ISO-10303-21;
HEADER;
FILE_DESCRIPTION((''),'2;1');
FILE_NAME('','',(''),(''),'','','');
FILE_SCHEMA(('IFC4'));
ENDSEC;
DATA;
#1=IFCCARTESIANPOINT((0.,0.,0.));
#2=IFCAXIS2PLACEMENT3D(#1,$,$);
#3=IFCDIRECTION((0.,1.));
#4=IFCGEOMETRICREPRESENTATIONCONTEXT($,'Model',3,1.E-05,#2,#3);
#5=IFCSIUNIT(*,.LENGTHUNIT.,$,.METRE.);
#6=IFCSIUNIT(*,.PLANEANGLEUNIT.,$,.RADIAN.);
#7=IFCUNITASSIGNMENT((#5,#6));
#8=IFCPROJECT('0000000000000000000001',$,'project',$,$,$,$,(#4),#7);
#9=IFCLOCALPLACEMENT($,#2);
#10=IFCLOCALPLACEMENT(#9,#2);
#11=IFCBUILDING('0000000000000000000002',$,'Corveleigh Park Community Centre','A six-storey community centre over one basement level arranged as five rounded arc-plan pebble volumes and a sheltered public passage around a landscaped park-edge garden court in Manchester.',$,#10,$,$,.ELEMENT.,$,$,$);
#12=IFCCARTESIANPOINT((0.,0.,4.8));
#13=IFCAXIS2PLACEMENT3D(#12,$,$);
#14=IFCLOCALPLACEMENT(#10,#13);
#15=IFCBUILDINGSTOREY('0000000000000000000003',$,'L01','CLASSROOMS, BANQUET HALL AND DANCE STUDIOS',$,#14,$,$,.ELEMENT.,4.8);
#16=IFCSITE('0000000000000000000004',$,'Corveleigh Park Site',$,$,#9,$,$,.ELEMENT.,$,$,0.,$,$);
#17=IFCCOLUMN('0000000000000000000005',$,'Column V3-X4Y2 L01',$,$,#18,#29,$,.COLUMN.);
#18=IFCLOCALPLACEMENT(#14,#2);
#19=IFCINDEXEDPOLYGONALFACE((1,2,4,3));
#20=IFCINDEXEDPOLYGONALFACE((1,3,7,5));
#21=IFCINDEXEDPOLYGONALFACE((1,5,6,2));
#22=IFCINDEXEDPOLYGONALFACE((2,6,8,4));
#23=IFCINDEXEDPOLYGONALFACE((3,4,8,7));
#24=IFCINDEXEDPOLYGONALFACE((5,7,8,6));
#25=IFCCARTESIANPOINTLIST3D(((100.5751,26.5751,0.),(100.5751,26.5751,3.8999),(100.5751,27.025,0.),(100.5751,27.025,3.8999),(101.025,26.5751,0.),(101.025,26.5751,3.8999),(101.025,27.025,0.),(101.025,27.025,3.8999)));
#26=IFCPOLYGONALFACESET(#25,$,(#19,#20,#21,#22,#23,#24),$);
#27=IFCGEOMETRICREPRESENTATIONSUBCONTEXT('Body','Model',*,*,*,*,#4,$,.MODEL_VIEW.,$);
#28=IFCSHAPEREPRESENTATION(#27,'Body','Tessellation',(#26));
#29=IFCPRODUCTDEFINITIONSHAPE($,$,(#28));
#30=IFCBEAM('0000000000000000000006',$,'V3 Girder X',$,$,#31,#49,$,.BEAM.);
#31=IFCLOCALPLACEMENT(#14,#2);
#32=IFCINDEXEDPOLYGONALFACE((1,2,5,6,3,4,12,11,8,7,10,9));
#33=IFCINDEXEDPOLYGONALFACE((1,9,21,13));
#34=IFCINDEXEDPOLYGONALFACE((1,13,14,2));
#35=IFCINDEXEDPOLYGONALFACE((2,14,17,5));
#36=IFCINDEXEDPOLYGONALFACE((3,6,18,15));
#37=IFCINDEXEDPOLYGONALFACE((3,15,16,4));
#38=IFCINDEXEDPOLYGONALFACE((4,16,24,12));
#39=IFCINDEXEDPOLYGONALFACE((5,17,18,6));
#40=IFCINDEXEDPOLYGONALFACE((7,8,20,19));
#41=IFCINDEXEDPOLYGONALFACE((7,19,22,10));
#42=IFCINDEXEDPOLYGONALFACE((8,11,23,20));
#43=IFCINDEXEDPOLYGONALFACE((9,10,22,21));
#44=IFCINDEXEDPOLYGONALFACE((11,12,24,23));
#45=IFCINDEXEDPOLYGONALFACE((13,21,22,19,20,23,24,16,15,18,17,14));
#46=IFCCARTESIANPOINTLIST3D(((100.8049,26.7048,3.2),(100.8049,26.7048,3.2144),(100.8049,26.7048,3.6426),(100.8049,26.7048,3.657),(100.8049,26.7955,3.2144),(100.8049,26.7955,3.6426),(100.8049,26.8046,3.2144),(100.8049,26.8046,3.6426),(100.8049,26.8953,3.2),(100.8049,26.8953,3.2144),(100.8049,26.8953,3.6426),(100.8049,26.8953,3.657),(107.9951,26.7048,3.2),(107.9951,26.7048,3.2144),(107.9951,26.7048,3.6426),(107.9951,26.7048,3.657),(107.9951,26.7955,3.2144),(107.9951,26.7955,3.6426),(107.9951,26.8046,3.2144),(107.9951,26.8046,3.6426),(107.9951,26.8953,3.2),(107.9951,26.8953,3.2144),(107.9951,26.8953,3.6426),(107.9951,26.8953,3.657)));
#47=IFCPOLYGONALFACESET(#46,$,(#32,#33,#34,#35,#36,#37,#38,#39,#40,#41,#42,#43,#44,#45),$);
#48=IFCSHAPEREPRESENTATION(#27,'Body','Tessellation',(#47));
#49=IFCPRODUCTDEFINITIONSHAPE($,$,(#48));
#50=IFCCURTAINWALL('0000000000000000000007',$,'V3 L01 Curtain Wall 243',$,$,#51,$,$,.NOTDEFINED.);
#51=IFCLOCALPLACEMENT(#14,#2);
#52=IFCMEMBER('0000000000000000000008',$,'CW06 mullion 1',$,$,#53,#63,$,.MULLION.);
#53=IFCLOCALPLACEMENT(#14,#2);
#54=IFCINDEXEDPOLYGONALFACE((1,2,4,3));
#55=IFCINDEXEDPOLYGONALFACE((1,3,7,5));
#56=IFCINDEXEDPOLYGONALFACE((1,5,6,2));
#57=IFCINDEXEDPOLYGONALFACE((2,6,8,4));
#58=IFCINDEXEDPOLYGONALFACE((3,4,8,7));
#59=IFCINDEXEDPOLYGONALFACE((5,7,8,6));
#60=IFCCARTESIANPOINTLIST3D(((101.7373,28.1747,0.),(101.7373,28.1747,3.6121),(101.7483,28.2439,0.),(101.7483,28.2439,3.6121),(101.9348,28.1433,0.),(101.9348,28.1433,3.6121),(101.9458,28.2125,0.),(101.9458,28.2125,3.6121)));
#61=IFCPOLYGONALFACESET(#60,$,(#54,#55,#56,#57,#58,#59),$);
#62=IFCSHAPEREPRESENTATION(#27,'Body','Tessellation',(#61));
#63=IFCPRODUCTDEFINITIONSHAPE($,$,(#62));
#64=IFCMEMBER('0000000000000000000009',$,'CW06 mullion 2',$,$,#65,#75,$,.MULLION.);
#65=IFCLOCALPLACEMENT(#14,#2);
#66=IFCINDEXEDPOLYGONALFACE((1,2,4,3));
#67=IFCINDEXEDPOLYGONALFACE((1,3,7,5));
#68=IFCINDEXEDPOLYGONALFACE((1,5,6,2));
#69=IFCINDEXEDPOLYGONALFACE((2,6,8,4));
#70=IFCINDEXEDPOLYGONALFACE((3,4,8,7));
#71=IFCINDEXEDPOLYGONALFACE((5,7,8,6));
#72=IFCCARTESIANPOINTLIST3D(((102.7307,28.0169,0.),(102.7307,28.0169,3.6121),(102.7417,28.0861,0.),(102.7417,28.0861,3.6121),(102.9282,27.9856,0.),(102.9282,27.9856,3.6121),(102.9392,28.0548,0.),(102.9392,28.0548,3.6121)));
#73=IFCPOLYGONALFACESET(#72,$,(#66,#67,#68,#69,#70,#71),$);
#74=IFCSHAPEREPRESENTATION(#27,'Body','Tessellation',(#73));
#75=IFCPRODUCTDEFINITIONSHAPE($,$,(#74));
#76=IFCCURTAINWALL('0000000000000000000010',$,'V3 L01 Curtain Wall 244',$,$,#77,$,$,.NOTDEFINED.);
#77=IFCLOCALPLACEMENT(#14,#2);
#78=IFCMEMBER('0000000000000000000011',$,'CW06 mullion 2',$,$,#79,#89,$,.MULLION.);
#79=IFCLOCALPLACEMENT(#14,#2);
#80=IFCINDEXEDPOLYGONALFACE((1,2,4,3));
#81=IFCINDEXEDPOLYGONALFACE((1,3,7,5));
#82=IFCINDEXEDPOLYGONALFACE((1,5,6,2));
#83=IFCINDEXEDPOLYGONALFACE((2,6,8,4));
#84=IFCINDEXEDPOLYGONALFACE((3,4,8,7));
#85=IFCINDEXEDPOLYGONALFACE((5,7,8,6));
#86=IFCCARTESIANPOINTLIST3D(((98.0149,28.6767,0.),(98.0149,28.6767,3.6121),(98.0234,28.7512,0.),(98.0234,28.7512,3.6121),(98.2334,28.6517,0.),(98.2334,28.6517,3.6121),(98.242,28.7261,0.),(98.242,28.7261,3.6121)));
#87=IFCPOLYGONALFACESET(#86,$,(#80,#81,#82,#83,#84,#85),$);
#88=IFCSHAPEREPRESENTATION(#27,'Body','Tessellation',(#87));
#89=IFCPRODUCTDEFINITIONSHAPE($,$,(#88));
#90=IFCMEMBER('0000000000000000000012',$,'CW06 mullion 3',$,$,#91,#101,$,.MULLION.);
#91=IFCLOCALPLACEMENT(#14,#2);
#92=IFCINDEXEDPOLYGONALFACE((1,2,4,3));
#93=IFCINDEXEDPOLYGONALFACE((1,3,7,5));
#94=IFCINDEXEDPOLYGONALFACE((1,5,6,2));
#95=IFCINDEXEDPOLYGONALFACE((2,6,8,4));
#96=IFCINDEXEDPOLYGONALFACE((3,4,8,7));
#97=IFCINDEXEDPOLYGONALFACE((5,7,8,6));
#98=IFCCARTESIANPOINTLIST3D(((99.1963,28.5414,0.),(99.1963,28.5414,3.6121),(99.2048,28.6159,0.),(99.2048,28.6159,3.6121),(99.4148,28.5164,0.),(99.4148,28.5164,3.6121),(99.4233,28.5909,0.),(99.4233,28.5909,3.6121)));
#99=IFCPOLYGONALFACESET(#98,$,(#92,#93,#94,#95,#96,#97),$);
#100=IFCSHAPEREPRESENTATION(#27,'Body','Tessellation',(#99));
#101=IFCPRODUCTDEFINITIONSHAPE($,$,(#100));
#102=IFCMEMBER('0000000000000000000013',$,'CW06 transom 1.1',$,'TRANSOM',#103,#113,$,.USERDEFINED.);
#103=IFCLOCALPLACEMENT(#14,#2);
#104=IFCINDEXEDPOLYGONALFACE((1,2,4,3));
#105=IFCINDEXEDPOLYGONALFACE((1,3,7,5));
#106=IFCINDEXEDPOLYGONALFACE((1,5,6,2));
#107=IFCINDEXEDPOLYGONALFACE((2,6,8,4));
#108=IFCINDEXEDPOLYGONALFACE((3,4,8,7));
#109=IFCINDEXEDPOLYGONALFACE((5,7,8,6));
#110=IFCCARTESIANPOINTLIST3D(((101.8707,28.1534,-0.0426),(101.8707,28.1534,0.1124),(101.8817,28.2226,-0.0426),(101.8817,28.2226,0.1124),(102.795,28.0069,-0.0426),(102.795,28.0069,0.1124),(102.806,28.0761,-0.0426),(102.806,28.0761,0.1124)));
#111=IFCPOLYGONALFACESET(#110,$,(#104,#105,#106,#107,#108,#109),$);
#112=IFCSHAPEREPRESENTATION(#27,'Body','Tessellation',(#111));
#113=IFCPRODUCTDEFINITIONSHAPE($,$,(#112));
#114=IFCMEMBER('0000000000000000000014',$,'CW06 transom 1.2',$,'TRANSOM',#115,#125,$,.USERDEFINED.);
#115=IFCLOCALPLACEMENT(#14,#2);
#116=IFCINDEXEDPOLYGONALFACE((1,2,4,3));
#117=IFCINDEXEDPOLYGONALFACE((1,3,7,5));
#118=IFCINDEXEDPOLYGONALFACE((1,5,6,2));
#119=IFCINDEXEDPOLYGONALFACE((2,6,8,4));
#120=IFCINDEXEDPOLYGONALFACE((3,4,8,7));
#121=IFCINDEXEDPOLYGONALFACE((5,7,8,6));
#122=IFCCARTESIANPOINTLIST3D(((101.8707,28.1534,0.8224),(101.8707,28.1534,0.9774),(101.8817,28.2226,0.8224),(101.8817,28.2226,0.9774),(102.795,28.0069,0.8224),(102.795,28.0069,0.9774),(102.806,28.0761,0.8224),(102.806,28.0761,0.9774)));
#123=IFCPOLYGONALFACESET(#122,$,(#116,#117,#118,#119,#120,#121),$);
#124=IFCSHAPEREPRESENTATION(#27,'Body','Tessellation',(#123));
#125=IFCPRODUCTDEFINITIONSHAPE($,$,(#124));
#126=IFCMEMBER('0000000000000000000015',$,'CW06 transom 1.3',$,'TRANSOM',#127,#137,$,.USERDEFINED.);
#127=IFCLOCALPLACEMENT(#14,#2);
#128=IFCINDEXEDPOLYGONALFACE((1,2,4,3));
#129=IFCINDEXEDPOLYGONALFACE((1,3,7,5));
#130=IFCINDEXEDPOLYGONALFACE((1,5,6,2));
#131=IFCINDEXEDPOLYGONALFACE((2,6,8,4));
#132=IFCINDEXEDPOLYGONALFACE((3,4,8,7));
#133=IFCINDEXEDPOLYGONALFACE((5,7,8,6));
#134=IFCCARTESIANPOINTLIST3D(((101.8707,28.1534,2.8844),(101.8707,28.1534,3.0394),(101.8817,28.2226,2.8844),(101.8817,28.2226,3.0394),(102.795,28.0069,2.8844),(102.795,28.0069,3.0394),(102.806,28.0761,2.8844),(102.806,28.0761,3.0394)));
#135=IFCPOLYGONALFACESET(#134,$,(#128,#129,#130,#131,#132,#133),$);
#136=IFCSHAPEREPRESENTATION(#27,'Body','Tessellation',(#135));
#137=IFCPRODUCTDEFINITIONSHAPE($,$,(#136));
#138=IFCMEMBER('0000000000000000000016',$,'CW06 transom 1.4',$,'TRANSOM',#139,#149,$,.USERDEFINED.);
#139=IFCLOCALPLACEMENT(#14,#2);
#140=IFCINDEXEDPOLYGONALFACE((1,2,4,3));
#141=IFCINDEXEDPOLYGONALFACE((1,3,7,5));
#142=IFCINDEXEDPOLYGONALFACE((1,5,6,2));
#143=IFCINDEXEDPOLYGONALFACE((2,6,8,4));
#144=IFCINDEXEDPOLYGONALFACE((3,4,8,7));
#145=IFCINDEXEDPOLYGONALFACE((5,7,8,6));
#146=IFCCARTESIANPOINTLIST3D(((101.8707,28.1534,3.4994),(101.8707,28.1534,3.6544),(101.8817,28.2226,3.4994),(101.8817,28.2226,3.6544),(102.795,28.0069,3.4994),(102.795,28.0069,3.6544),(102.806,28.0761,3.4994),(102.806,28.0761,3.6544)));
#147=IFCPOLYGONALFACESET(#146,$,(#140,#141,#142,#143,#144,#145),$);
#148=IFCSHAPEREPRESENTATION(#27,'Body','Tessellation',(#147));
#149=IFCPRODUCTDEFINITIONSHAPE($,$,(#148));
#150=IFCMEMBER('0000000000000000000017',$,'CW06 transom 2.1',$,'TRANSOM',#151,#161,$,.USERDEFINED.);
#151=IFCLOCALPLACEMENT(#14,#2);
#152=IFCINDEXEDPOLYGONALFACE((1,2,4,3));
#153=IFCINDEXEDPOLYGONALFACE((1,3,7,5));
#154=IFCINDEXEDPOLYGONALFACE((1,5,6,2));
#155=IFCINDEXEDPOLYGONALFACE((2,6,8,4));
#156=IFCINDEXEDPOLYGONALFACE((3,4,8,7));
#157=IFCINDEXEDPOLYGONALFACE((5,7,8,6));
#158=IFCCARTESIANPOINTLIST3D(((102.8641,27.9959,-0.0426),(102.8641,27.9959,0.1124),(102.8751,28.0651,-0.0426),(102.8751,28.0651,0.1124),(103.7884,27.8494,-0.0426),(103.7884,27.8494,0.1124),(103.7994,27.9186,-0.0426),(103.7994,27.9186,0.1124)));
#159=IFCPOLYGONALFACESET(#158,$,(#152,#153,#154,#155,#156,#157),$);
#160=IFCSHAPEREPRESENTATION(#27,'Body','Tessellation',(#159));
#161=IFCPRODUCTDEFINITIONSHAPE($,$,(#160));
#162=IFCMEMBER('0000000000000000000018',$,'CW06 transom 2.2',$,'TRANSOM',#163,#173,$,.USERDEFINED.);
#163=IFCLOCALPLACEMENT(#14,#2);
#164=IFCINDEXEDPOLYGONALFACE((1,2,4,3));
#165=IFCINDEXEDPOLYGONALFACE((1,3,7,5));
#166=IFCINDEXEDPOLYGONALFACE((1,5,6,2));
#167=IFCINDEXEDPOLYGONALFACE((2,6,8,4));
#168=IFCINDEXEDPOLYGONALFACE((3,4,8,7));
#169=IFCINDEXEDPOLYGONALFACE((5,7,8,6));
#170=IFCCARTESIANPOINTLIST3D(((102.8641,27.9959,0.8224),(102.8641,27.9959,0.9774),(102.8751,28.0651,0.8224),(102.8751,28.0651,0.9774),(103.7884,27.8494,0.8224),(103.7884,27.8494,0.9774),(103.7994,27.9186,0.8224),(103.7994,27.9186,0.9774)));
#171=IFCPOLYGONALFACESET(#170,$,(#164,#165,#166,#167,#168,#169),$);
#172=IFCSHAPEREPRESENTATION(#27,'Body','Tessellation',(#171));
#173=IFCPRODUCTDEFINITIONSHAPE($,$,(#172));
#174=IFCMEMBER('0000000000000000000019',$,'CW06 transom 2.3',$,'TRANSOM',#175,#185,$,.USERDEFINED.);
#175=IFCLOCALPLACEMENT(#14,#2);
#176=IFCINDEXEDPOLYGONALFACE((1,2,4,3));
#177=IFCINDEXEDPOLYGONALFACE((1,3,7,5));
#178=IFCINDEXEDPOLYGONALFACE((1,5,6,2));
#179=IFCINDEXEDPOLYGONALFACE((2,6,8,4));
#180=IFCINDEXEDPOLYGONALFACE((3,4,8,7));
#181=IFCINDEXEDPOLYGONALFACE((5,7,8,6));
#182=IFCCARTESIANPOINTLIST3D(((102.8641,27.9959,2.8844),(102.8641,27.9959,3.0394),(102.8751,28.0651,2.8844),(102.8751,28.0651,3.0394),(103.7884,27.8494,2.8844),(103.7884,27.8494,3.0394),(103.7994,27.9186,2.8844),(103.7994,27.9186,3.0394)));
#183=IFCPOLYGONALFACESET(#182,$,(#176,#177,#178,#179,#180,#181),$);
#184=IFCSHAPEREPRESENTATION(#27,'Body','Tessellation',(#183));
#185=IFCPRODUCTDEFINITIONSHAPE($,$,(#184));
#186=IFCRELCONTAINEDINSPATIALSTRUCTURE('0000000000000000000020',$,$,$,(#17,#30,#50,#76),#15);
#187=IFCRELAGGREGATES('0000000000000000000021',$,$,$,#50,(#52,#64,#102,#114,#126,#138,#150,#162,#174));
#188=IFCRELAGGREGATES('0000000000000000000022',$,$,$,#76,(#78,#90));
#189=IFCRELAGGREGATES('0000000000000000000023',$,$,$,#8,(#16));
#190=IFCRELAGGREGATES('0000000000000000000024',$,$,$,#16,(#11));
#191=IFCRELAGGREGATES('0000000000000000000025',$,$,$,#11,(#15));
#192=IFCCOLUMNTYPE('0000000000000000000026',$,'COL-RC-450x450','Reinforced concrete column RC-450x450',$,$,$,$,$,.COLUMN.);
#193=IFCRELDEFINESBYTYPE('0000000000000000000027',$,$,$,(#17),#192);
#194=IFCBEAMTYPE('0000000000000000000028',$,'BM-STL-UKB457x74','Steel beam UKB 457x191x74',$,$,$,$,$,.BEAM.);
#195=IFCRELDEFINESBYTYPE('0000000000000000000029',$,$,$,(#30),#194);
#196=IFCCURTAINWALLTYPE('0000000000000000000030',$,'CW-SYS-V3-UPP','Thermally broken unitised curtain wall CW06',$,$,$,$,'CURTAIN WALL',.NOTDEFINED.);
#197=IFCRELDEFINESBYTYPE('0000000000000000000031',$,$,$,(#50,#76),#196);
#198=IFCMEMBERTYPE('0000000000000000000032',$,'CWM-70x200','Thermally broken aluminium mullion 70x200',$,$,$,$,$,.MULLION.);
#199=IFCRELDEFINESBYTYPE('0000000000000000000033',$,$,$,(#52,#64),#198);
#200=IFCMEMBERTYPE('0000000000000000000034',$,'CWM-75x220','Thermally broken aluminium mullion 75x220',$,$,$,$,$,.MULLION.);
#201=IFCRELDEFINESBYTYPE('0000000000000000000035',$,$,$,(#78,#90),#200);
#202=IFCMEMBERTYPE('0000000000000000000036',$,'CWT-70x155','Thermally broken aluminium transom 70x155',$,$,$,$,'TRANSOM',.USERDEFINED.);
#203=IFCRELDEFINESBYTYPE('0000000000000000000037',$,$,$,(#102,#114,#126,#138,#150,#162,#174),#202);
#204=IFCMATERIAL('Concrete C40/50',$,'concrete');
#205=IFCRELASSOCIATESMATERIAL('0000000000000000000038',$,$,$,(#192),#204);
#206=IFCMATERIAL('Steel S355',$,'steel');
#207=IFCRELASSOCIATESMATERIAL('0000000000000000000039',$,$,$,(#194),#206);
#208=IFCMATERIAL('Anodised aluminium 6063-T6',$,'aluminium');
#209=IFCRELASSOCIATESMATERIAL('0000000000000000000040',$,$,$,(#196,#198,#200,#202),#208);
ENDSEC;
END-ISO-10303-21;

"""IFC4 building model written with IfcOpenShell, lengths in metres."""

from ifc_helpers import new_model, si_unit, direction, frame, origin, origin_2d, place, context, subcontext, project, spatial, rectangle, i_section, extrude, material, material_profile, profile_set, type_object, element, aggregate, save


model = new_model("IFC4")

# Units and contexts
model_context = context("Model", 3, precision=1e-05, world=origin(), true_north=direction((0.0, 1.0)))
body_context = subcontext(model_context, "Body", "Model", "MODEL_VIEW")
ifc_project = project(units=[si_unit("LENGTHUNIT", "METRE"), si_unit("PLANEANGLEUNIT", "RADIAN")], contexts=[model_context])

# Site, building, storey
site_placement = place(None, origin())
site = spatial("IfcSite", under=ifc_project, at=site_placement, Name="Corveleigh Park Site", CompositionType="ELEMENT", RefElevation=0.0)
building_placement = place(site_placement, origin())
building = spatial("IfcBuilding", under=site, at=building_placement, Name="Corveleigh Park Community Centre", Description="A six-storey community centre over one basement level arranged as five rounded arc-plan pebble volumes and a sheltered public passage around a landscaped park-edge garden court in Manchester.", CompositionType="ELEMENT")
storey_placement = place(building_placement, frame((0.0, 0.0, 4.8)))
storey = spatial("IfcBuildingStorey", under=building, at=storey_placement, Name="L01", Description="CLASSROOMS, BANQUET HALL AND DANCE STUDIOS", CompositionType="ELEMENT", Elevation=4.8)

# Column
ifc_material_1 = material(Name="Concrete C40/50", Category="concrete")
ifc_material_profile_1 = material_profile(ifc_material_1, rectangle(XDim=0.45, YDim=0.45, at=origin_2d()), Name="RC-450x450", Category="concrete")
ifc_profile_set_1 = profile_set([ifc_material_profile_1], Name="Concrete C40/50")
column_type = type_object("IfcColumnType", Name="COL-RC-450x450", Description="Reinforced concrete column RC-450x450", PredefinedType="COLUMN", material=ifc_profile_set_1)
column_placement = place(storey_placement, frame((100.8, 26.8, 0.0), z_axis=(0.0, 0.0, 1.0), x_axis=(1.0, 0.0, 0.0)))
element("IfcColumn", 1, at=column_placement, inside=storey, type_object=column_type, Name="Column V3-X4Y2 L01", PredefinedType="COLUMN", context=body_context, shape_type="SweptSolid", body=[
    extrude(rectangle(XDim=0.45, YDim=0.45, at=origin_2d()), origin(), (0.0, 0.0, 1.0), 3.8999),
])

# Beam
ifc_material_2 = material(Name="Steel S355", Category="steel")
ifc_material_profile_2 = material_profile(ifc_material_2, i_section(OverallWidth=0.1904, OverallDepth=0.457, WebThickness=0.009, FlangeThickness=0.0144, at=origin_2d()), Name="UKB 457x191x74", Category="steel")
ifc_profile_set_2 = profile_set([ifc_material_profile_2], Name="Steel S355")
beam_type = type_object("IfcBeamType", Name="BM-STL-UKB457x74", Description="Steel beam UKB 457x191x74", PredefinedType="BEAM", material=ifc_profile_set_2)
beam_placement = place(storey_placement, frame((100.8049, 26.8, 3.4285), z_axis=(1.0, 0.0, 0.0), x_axis=(0.0, 1.0, 0.0)))
element("IfcBeam", 2, at=beam_placement, inside=storey, type_object=beam_type, Name="V3 Girder X", PredefinedType="BEAM", context=body_context, shape_type="SweptSolid", body=[
    extrude(i_section(OverallWidth=0.1904, OverallDepth=0.457, WebThickness=0.009, FlangeThickness=0.0144, at=origin_2d()), origin(), (0.0, 0.0, 1.0), 7.1902),
])

# Curtain walls, members
ifc_material_3 = material(Name="Anodised aluminium 6063-T6", Category="aluminium")
curtain_wall_type = type_object("IfcCurtainWallType", Name="CW-SYS-V3-UPP", Description="Thermally broken unitised curtain wall CW06", ElementType="CURTAIN WALL", PredefinedType="NOTDEFINED", material=ifc_material_3)
curtain_wall_1_placement = place(storey_placement, origin())
curtain_wall_1 = element("IfcCurtainWall", 3, at=curtain_wall_1_placement, inside=storey, type_object=curtain_wall_type, Name="V3 L01 Curtain Wall 243", PredefinedType="NOTDEFINED")
ifc_material_profile_3 = material_profile(ifc_material_3, rectangle(XDim=0.0701, YDim=0.2, at=origin_2d()), Name="ALU-M70x200", Category="aluminium")
ifc_profile_set_3 = profile_set([ifc_material_profile_3], Name="Anodised aluminium 6063-T6")
member_type_1 = type_object("IfcMemberType", Name="CWM-70x200", Description="Thermally broken aluminium mullion 70x200", PredefinedType="MULLION", material=ifc_profile_set_3)
member_1_placement = place(storey_placement, frame((101.8416, 28.1936, 0.0), z_axis=(0.0, 0.0, 1.0), x_axis=(0.156604, 0.987661, 0.0)))
member_1 = element("IfcMember", 4, at=member_1_placement, type_object=member_type_1, Name="CW06 mullion 1", PredefinedType="MULLION", context=body_context, shape_type="SweptSolid", body=[
    extrude(rectangle(XDim=0.0701, YDim=0.2, at=origin_2d()), origin(), (0.0, 0.0, 1.0), 3.6121),
])
member_2_placement = place(storey_placement, frame((102.835, 28.0359, 0.0), z_axis=(0.0, 0.0, 1.0), x_axis=(0.156604, 0.987661, 0.0)))
member_2 = element("IfcMember", 5, at=member_2_placement, type_object=member_type_1, Name="CW06 mullion 2", PredefinedType="MULLION", context=body_context, shape_type="SweptSolid", body=[
    extrude(rectangle(XDim=0.0701, YDim=0.2, at=origin_2d()), origin(), (0.0, 0.0, 1.0), 3.6121),
])
curtain_wall_2_placement = place(storey_placement, origin())
curtain_wall_2 = element("IfcCurtainWall", 6, at=curtain_wall_2_placement, inside=storey, type_object=curtain_wall_type, Name="V3 L01 Curtain Wall 244", PredefinedType="NOTDEFINED")
ifc_material_profile_4 = material_profile(ifc_material_3, rectangle(XDim=0.075, YDim=0.22, at=origin_2d()), Name="ALU-M75x220", Category="aluminium")
ifc_profile_set_4 = profile_set([ifc_material_profile_4], Name="Anodised aluminium 6063-T6")
member_type_2 = type_object("IfcMemberType", Name="CWM-75x220", Description="Thermally broken aluminium mullion 75x220", PredefinedType="MULLION", material=ifc_profile_set_4)
member_3_placement = place(storey_placement, frame((98.1284, 28.7014, 0.0), z_axis=(0.0, 0.0, 1.0), x_axis=(0.113742, 0.99351, 0.0)))
member_3 = element("IfcMember", 7, at=member_3_placement, type_object=member_type_2, Name="CW06 mullion 2", PredefinedType="MULLION", context=body_context, shape_type="SweptSolid", body=[
    extrude(rectangle(XDim=0.075, YDim=0.22, at=origin_2d()), origin(), (0.0, 0.0, 1.0), 3.6121),
])
member_4_placement = place(storey_placement, frame((99.3098, 28.5662, 0.0), z_axis=(0.0, 0.0, 1.0), x_axis=(0.113742, 0.99351, 0.0)))
member_4 = element("IfcMember", 8, at=member_4_placement, type_object=member_type_2, Name="CW06 mullion 3", PredefinedType="MULLION", context=body_context, shape_type="SweptSolid", body=[
    extrude(rectangle(XDim=0.075, YDim=0.22, at=origin_2d()), origin(), (0.0, 0.0, 1.0), 3.6121),
])

# Members
ifc_material_profile_5 = material_profile(ifc_material_3, rectangle(XDim=0.0701, YDim=0.155, at=origin_2d()), Name="ALU-T70x155", Category="aluminium")
ifc_profile_set_5 = profile_set([ifc_material_profile_5], Name="Anodised aluminium 6063-T6")
member_type_3 = type_object("IfcMemberType", Name="CWT-70x155", Description="Thermally broken aluminium transom 70x155", ElementType="TRANSOM", PredefinedType="USERDEFINED", material=ifc_profile_set_5)
member_5_placement = place(storey_placement, frame((101.8762, 28.188, 0.0349), z_axis=(0.987674, -0.156525, 0.0), x_axis=(0.156525, 0.987674, 0.0)))
member_5 = element("IfcMember", 9, at=member_5_placement, type_object=member_type_3, Name="CW06 transom 1.1", ObjectType="TRANSOM", PredefinedType="USERDEFINED", context=body_context, shape_type="SweptSolid", body=[
    extrude(rectangle(XDim=0.0701, YDim=0.155, at=origin_2d()), origin(), (0.0, 0.0, 1.0), 0.9358),
])
member_6_placement = place(storey_placement, frame((101.8762, 28.188, 0.8999), z_axis=(0.987674, -0.156525, 0.0), x_axis=(0.156525, 0.987674, 0.0)))
member_6 = element("IfcMember", 10, at=member_6_placement, type_object=member_type_3, Name="CW06 transom 1.2", ObjectType="TRANSOM", PredefinedType="USERDEFINED", context=body_context, shape_type="SweptSolid", body=[
    extrude(rectangle(XDim=0.0701, YDim=0.155, at=origin_2d()), origin(), (0.0, 0.0, 1.0), 0.9358),
])
member_7_placement = place(storey_placement, frame((101.8762, 28.188, 2.9619), z_axis=(0.987674, -0.156525, 0.0), x_axis=(0.156525, 0.987674, 0.0)))
member_7 = element("IfcMember", 11, at=member_7_placement, type_object=member_type_3, Name="CW06 transom 1.3", ObjectType="TRANSOM", PredefinedType="USERDEFINED", context=body_context, shape_type="SweptSolid", body=[
    extrude(rectangle(XDim=0.0701, YDim=0.155, at=origin_2d()), origin(), (0.0, 0.0, 1.0), 0.9358),
])
member_8_placement = place(storey_placement, frame((101.8762, 28.188, 3.5769), z_axis=(0.987674, -0.156525, 0.0), x_axis=(0.156525, 0.987674, 0.0)))
member_8 = element("IfcMember", 12, at=member_8_placement, type_object=member_type_3, Name="CW06 transom 1.4", ObjectType="TRANSOM", PredefinedType="USERDEFINED", context=body_context, shape_type="SweptSolid", body=[
    extrude(rectangle(XDim=0.0701, YDim=0.155, at=origin_2d()), origin(), (0.0, 0.0, 1.0), 0.9358),
])
member_9_placement = place(storey_placement, frame((102.8696, 28.0305, 0.0349), z_axis=(0.987674, -0.156525, 0.0), x_axis=(0.156525, 0.987674, 0.0)))
member_9 = element("IfcMember", 13, at=member_9_placement, type_object=member_type_3, Name="CW06 transom 2.1", ObjectType="TRANSOM", PredefinedType="USERDEFINED", context=body_context, shape_type="SweptSolid", body=[
    extrude(rectangle(XDim=0.0701, YDim=0.155, at=origin_2d()), origin(), (0.0, 0.0, 1.0), 0.9358),
])
member_10_placement = place(storey_placement, frame((102.8696, 28.0305, 0.8999), z_axis=(0.987674, -0.156525, 0.0), x_axis=(0.156525, 0.987674, 0.0)))
member_10 = element("IfcMember", 14, at=member_10_placement, type_object=member_type_3, Name="CW06 transom 2.2", ObjectType="TRANSOM", PredefinedType="USERDEFINED", context=body_context, shape_type="SweptSolid", body=[
    extrude(rectangle(XDim=0.0701, YDim=0.155, at=origin_2d()), origin(), (0.0, 0.0, 1.0), 0.9358),
])
member_11_placement = place(storey_placement, frame((102.8696, 28.0305, 2.9619), z_axis=(0.987674, -0.156525, 0.0), x_axis=(0.156525, 0.987674, 0.0)))
member_11 = element("IfcMember", 15, at=member_11_placement, type_object=member_type_3, Name="CW06 transom 2.3", ObjectType="TRANSOM", PredefinedType="USERDEFINED", context=body_context, shape_type="SweptSolid", body=[
    extrude(rectangle(XDim=0.0701, YDim=0.155, at=origin_2d()), origin(), (0.0, 0.0, 1.0), 0.9358),
])

aggregate(curtain_wall_1, [member_1, member_2, member_5, member_6, member_7, member_8, member_9, member_10, member_11])
aggregate(curtain_wall_2, [member_3, member_4])

save(model, "model.ifc")
